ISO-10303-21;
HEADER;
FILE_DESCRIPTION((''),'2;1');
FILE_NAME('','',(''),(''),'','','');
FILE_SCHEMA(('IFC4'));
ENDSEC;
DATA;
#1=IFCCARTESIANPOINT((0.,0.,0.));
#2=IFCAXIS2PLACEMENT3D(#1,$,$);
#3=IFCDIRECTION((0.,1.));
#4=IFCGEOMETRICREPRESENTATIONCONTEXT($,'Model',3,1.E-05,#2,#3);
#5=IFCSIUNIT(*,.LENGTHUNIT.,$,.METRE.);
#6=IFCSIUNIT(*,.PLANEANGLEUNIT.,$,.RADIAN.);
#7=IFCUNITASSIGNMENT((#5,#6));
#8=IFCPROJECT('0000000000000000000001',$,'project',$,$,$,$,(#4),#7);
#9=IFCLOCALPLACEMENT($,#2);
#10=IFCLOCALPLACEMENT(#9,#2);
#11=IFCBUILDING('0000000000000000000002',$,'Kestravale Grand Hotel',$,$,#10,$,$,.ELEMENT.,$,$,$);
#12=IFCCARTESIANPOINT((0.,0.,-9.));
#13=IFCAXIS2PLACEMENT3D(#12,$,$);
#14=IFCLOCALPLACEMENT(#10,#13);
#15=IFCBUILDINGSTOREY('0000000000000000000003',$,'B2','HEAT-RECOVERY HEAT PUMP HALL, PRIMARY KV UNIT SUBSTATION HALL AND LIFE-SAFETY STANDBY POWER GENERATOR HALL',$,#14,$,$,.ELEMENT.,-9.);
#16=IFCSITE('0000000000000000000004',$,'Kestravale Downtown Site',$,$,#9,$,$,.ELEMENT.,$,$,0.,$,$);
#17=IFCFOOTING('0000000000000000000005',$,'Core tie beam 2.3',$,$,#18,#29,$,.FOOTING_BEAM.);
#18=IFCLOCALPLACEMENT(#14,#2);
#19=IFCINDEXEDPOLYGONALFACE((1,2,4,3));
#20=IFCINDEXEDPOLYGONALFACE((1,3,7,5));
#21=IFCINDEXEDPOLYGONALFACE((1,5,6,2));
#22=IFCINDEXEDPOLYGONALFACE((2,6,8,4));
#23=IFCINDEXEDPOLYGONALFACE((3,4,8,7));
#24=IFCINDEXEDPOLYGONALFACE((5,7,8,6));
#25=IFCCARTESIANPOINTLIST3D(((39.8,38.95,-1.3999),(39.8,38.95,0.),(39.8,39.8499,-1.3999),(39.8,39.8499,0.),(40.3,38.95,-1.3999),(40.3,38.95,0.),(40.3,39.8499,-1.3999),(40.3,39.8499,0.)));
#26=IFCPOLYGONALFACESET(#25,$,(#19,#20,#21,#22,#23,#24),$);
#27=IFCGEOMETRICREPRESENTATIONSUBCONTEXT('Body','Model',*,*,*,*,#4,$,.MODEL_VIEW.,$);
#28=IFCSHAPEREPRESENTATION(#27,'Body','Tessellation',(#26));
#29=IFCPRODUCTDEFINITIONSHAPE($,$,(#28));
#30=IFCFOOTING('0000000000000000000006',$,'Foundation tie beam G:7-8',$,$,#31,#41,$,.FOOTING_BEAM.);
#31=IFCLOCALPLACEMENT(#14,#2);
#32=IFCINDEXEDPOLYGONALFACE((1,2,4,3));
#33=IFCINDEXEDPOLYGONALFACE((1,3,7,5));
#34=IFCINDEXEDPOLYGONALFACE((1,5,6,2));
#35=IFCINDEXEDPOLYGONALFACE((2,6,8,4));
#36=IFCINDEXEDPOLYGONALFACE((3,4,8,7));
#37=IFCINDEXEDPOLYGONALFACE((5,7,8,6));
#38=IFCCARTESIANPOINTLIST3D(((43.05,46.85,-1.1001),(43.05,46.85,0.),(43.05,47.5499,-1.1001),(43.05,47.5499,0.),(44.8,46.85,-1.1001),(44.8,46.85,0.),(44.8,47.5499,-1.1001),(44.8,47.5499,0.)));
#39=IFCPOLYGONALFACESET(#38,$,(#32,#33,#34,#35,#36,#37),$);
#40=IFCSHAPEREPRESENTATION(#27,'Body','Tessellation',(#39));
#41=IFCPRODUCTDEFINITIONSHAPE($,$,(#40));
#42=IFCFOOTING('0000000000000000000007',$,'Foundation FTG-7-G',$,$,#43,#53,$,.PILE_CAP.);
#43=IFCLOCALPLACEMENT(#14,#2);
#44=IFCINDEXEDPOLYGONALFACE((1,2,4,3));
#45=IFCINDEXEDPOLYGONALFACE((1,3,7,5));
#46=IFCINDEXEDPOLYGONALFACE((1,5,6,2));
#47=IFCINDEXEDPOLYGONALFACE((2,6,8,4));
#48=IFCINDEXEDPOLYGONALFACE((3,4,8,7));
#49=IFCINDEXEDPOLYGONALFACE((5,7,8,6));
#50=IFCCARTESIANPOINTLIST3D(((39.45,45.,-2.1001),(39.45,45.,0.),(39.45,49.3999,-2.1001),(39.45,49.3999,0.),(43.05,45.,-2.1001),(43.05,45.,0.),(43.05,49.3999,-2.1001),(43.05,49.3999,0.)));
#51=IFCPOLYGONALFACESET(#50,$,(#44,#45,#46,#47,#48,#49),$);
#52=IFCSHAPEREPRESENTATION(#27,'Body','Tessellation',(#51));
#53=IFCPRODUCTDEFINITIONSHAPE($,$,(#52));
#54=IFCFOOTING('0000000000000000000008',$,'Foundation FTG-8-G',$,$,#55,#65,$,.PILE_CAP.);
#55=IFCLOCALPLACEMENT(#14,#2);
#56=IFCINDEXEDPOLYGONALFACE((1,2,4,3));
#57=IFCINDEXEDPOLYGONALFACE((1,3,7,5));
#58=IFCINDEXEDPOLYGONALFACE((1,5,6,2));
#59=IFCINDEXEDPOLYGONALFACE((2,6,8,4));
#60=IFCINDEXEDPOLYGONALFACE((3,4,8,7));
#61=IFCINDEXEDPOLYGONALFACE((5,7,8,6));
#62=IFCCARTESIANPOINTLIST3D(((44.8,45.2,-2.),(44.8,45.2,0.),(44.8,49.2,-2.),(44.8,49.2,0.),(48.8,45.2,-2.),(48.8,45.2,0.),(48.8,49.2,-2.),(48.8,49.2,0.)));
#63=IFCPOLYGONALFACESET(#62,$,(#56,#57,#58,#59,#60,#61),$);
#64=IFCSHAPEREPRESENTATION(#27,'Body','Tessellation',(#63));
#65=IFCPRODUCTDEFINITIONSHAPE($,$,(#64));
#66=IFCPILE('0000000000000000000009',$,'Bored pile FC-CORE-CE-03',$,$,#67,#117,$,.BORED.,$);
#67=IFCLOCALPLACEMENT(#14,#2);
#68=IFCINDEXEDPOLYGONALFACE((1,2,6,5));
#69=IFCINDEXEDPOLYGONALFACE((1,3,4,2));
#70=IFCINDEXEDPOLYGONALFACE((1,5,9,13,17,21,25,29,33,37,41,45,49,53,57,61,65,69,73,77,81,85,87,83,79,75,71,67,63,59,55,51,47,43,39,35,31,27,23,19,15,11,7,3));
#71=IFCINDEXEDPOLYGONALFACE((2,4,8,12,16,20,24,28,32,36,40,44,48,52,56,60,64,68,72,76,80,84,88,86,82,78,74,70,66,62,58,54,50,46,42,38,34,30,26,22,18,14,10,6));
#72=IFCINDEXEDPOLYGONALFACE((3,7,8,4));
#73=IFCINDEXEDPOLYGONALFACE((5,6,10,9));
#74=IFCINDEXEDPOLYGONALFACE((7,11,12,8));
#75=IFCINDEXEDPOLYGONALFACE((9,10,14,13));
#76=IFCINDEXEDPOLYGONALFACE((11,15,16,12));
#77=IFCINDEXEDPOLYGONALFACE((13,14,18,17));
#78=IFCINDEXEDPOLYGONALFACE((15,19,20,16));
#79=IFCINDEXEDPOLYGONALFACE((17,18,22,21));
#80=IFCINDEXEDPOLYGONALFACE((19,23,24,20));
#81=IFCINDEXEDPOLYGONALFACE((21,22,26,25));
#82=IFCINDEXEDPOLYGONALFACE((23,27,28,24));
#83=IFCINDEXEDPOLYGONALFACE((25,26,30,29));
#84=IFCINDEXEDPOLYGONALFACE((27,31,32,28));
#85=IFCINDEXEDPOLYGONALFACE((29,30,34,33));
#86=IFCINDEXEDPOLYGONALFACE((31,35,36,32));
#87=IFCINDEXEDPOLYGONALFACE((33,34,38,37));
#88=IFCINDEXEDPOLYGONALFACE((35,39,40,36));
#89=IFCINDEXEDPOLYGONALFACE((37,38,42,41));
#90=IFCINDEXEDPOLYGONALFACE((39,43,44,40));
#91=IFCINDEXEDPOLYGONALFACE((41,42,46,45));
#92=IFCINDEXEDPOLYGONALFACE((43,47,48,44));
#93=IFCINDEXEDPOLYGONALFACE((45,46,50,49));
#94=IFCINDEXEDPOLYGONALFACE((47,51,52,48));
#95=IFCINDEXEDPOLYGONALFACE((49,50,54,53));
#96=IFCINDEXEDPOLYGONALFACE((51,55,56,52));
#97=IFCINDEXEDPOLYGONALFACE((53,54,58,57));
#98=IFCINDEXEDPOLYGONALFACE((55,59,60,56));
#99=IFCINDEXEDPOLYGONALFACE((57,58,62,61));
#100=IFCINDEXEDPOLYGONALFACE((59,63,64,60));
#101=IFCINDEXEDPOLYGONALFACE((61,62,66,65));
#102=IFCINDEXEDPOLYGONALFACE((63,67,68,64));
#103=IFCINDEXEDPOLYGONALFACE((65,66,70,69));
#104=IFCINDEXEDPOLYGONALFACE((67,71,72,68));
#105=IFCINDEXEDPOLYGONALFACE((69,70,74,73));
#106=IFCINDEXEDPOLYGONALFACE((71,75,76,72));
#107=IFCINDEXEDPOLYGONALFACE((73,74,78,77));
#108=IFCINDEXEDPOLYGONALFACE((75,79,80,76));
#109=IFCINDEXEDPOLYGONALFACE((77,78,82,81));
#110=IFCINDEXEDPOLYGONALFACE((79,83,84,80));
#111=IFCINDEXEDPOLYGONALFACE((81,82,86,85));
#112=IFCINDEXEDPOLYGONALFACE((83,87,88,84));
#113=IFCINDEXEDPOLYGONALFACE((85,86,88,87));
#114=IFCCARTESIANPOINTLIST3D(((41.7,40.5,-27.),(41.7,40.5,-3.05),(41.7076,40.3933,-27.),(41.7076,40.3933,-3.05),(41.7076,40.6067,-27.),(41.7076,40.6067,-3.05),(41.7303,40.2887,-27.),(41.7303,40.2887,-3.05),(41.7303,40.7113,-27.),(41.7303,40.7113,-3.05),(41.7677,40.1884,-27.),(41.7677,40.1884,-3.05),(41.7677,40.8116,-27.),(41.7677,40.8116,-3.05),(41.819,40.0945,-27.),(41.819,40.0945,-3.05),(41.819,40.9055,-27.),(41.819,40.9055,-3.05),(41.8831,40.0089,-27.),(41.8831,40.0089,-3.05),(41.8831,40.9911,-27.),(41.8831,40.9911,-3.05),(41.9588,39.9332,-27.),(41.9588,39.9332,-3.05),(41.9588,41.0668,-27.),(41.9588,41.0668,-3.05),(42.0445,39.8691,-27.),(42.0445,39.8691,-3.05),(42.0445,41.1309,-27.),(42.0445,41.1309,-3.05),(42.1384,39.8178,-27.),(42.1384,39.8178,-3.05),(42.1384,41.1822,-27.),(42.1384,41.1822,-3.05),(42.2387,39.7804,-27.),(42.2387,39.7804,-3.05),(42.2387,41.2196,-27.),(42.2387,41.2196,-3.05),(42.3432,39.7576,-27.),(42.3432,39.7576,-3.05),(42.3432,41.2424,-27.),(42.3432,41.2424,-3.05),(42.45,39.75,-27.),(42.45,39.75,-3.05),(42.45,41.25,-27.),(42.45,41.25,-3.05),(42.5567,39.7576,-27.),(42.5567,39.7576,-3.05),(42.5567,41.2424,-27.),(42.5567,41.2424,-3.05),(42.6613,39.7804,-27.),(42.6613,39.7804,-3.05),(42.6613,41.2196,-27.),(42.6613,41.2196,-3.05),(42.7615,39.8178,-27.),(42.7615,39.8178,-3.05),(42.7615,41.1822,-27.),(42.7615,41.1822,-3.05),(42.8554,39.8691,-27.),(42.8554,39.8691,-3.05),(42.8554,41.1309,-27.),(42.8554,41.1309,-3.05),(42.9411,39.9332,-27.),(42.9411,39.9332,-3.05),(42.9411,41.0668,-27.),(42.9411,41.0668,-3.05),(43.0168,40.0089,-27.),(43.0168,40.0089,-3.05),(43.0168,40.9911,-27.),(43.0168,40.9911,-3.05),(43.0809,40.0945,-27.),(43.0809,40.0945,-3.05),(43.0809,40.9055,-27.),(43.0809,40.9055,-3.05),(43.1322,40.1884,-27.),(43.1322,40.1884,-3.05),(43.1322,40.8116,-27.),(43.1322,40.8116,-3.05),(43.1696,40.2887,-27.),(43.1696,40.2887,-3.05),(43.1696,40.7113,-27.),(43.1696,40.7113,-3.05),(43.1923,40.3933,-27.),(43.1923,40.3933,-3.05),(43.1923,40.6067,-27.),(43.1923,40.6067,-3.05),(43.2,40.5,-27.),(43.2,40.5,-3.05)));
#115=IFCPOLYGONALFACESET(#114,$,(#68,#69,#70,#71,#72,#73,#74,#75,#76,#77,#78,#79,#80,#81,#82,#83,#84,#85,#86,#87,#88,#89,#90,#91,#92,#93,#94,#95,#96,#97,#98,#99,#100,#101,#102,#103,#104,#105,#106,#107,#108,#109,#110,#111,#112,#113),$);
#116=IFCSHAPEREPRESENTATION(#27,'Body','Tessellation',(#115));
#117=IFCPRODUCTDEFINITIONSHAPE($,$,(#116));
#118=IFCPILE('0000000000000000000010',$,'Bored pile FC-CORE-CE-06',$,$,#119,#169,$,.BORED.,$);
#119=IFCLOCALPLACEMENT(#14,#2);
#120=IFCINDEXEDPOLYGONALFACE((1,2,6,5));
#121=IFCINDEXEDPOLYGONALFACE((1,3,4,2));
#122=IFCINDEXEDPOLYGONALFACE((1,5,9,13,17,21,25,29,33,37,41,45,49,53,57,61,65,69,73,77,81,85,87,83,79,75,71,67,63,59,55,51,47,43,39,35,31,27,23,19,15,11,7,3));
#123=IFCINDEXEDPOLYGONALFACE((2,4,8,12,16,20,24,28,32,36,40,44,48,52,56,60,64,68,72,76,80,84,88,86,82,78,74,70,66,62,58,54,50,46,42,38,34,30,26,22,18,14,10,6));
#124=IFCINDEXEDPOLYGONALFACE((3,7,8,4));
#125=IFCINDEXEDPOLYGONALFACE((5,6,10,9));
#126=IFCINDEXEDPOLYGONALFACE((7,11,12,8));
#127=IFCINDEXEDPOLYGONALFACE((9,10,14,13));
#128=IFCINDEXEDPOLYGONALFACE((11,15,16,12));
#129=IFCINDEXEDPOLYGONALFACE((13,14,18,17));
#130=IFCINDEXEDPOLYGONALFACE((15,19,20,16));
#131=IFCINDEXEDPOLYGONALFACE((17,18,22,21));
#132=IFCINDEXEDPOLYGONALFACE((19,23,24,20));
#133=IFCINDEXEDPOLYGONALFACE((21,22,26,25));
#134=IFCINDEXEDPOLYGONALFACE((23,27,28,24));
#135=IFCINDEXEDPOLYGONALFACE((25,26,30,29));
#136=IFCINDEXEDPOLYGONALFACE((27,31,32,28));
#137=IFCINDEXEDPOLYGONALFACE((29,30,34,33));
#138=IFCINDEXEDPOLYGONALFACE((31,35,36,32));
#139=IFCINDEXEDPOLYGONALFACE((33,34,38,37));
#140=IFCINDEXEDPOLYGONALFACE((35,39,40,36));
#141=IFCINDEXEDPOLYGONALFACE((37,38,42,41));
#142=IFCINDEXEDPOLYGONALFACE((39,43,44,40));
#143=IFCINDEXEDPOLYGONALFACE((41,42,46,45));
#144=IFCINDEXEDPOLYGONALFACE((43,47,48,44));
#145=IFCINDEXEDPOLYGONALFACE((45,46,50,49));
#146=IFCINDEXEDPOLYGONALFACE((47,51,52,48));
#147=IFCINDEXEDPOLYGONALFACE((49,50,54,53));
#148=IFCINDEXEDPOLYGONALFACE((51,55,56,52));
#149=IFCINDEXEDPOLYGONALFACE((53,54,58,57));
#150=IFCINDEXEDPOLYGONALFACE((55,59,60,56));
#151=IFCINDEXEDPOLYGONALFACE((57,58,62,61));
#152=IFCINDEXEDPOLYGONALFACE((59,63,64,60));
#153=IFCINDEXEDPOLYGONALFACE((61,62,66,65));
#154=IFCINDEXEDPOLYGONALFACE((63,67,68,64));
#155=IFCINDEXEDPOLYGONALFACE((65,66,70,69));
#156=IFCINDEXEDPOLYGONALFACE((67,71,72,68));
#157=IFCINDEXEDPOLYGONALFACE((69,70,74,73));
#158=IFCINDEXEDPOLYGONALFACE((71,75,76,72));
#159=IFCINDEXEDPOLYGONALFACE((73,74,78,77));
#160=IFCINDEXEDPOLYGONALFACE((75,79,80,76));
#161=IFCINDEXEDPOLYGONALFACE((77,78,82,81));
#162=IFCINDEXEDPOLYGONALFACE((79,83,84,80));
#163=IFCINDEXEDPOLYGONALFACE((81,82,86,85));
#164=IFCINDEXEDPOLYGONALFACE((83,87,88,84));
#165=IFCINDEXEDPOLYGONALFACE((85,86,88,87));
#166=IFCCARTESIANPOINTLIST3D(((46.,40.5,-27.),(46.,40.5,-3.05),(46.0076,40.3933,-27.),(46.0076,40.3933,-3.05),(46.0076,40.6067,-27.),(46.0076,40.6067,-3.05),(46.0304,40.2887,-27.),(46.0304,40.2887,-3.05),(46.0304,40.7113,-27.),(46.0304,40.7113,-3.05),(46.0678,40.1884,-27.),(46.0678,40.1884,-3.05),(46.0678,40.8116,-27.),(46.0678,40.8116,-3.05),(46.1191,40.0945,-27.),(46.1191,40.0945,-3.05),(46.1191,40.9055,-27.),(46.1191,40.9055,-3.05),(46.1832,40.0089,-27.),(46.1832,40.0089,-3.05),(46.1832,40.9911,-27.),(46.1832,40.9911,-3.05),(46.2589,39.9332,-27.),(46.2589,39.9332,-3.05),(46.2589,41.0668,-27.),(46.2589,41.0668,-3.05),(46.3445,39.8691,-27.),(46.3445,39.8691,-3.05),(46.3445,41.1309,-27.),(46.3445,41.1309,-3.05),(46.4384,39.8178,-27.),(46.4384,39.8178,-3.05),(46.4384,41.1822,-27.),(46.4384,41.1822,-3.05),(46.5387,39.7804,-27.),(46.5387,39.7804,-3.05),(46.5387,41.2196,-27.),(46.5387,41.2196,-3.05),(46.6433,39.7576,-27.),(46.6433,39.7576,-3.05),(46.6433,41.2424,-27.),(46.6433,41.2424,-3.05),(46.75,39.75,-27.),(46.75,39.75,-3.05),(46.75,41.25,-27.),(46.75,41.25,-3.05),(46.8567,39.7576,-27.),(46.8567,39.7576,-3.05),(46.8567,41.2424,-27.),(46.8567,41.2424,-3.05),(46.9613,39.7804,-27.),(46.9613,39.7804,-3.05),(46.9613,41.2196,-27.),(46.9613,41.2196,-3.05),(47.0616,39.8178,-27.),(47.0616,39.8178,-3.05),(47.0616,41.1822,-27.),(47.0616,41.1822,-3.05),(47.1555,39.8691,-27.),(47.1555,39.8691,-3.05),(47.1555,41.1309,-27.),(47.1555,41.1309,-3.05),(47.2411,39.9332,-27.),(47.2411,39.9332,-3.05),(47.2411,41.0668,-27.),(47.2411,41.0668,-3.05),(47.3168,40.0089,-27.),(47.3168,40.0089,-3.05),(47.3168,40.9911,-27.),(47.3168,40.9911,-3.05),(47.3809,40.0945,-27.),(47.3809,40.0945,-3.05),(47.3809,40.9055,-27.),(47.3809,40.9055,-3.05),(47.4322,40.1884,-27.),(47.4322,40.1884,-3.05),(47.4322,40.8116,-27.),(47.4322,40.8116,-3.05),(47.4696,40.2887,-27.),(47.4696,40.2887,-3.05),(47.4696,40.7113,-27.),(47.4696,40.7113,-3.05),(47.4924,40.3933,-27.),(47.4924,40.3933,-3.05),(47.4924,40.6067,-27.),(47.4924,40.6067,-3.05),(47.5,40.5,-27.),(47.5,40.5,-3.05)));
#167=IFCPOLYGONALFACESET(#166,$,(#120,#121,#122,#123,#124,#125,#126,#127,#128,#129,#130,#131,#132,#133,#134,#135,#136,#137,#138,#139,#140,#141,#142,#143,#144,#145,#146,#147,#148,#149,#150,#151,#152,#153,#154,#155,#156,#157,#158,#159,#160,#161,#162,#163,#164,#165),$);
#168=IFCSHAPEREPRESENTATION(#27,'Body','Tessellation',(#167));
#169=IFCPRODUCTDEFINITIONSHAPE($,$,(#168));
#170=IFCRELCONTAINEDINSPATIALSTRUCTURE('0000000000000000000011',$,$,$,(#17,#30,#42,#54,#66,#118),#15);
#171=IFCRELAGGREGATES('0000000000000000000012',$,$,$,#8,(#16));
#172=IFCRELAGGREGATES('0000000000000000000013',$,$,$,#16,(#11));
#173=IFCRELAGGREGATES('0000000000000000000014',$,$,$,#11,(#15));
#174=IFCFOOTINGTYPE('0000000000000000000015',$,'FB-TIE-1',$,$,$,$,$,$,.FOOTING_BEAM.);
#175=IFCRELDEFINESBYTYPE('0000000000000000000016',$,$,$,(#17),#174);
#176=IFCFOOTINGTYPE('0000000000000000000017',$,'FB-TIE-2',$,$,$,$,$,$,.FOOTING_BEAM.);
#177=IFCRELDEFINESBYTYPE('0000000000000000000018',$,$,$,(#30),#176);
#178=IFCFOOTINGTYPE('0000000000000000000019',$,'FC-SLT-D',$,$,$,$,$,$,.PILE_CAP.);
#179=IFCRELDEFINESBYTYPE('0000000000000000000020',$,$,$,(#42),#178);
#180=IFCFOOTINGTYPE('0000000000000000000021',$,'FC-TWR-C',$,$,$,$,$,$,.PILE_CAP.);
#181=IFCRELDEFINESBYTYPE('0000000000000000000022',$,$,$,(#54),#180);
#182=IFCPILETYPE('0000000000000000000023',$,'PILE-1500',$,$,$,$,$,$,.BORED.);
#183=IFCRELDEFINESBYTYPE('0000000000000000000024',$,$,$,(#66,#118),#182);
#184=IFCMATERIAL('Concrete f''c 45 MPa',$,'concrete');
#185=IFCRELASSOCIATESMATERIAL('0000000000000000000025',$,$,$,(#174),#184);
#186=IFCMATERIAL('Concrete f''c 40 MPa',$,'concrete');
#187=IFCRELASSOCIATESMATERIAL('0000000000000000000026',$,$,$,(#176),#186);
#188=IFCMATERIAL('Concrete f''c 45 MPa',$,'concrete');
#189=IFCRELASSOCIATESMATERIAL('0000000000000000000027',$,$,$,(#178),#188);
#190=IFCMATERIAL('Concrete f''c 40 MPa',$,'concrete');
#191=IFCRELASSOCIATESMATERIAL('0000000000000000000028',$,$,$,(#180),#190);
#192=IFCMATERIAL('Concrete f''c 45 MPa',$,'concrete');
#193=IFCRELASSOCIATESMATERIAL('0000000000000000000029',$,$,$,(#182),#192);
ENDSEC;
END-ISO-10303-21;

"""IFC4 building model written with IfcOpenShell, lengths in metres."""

from ifc_helpers import new_model, si_unit, direction, frame, origin, origin_2d, place, context, subcontext, project, spatial, rectangle, circle, extrude, material, material_profile, profile_set, type_object, element, save


model = new_model("IFC4")

# Units and contexts
model_context = context("Model", 3, precision=1e-05, world=origin(), true_north=direction((0.0, 1.0)))
body_context = subcontext(model_context, "Body", "Model", "MODEL_VIEW")
ifc_project = project(units=[si_unit("LENGTHUNIT", "METRE"), si_unit("PLANEANGLEUNIT", "RADIAN")], contexts=[model_context])

# Site, building, storey
site_placement = place(None, origin())
site = spatial("IfcSite", under=ifc_project, at=site_placement, Name="Kestravale Downtown Site", CompositionType="ELEMENT", RefElevation=0.0)
building_placement = place(site_placement, origin())
building = spatial("IfcBuilding", under=site, at=building_placement, Name="Kestravale Grand Hotel", CompositionType="ELEMENT")
storey_placement = place(building_placement, frame((0.0, 0.0, -9.0)))
storey = spatial("IfcBuildingStorey", under=building, at=storey_placement, Name="B2", Description="HEAT-RECOVERY HEAT PUMP HALL, PRIMARY KV UNIT SUBSTATION HALL AND LIFE-SAFETY STANDBY POWER GENERATOR HALL", CompositionType="ELEMENT", Elevation=-9.0)

# Footings
ifc_material_1 = material(Name="Concrete f'c 45 MPa", Category="concrete")
ifc_material_profile_1 = material_profile(ifc_material_1, rectangle(XDim=0.8999, YDim=1.3999, at=origin_2d()))
ifc_profile_set_1 = profile_set([ifc_material_profile_1], Name="Concrete f'c 45 MPa")
footing_type_1 = type_object("IfcFootingType", Name="FB-TIE-1", PredefinedType="FOOTING_BEAM", material=ifc_profile_set_1)
footing_1_placement = place(storey_placement, frame((39.8, 39.3999, -0.7), z_axis=(1.0, 0.0, 0.0), x_axis=(0.0, 1.0, 0.0)))
element("IfcFooting", 1, at=footing_1_placement, inside=storey, type_object=footing_type_1, Name="Core tie beam 2.3", PredefinedType="FOOTING_BEAM", context=body_context, shape_type="SweptSolid", body=[
    extrude(rectangle(XDim=0.8999, YDim=1.3999, at=origin_2d()), origin(), (0.0, 0.0, 1.0), 0.5),
])
ifc_material_2 = material(Name="Concrete f'c 40 MPa", Category="concrete")
ifc_material_profile_2 = material_profile(ifc_material_2, rectangle(XDim=0.7, YDim=1.1001, at=origin_2d()))
ifc_profile_set_2 = profile_set([ifc_material_profile_2], Name="Concrete f'c 40 MPa")
footing_type_2 = type_object("IfcFootingType", Name="FB-TIE-2", PredefinedType="FOOTING_BEAM", material=ifc_profile_set_2)
footing_2_placement = place(storey_placement, frame((43.05, 47.2, -0.55), z_axis=(1.0, 0.0, 0.0), x_axis=(0.0, 1.0, 0.0)))
element("IfcFooting", 2, at=footing_2_placement, inside=storey, type_object=footing_type_2, Name="Foundation tie beam G:7-8", PredefinedType="FOOTING_BEAM", context=body_context, shape_type="SweptSolid", body=[
    extrude(rectangle(XDim=0.7, YDim=1.1001, at=origin_2d()), origin(), (0.0, 0.0, 1.0), 1.75),
])
ifc_material_3 = material(Name="Concrete f'c 45 MPa", Category="concrete")
footing_type_3 = type_object("IfcFootingType", Name="FC-SLT-D", PredefinedType="PILE_CAP", material=ifc_material_3)
footing_3_placement = place(storey_placement, frame((41.25, 47.2, -2.1001), z_axis=(0.0, 0.0, 1.0), x_axis=(1.0, 0.0, 0.0)))
element("IfcFooting", 3, at=footing_3_placement, inside=storey, type_object=footing_type_3, Name="Foundation FTG-7-G", PredefinedType="PILE_CAP", context=body_context, shape_type="SweptSolid", body=[
    extrude(rectangle(XDim=3.6001, YDim=4.3999, at=origin_2d()), origin(), (0.0, 0.0, 1.0), 2.1001),
])
ifc_material_4 = material(Name="Concrete f'c 40 MPa", Category="concrete")
footing_type_4 = type_object("IfcFootingType", Name="FC-TWR-C", PredefinedType="PILE_CAP", material=ifc_material_4)
footing_4_placement = place(storey_placement, frame((46.8, 47.2, -2.0), z_axis=(0.0, 0.0, 1.0), x_axis=(1.0, 0.0, 0.0)))
element("IfcFooting", 4, at=footing_4_placement, inside=storey, type_object=footing_type_4, Name="Foundation FTG-8-G", PredefinedType="PILE_CAP", context=body_context, shape_type="SweptSolid", body=[
    extrude(rectangle(XDim=4.0, YDim=4.0, at=origin_2d()), origin(), (0.0, 0.0, 1.0), 2.0),
])

# Piles
ifc_material_5 = material(Name="Concrete f'c 45 MPa", Category="concrete")
ifc_material_profile_3 = material_profile(ifc_material_5, circle(Radius=0.75, at=origin_2d()))
ifc_profile_set_3 = profile_set([ifc_material_profile_3], Name="Concrete f'c 45 MPa")
pile_type_1 = type_object("IfcPileType", Name="PILE-1500", PredefinedType="BORED", material=ifc_profile_set_3)
for number, where, z_axis, x_axis, name in (
    (5, (42.45, 40.5, -3.05), (0.0, 0.0, -1.0), (1.0, 0.0, 0.0), "Bored pile FC-CORE-CE-03"),
    (6, (46.75, 40.5, -3.05), (0.0, 0.0, -1.0), (1.0, 0.0, 0.0), "Bored pile FC-CORE-CE-06"),
):
    element("IfcPile", number, at=place(storey_placement, frame(where, z_axis=z_axis, x_axis=x_axis)), inside=storey, type_object=pile_type_1, Name=name, PredefinedType="BORED", context=body_context, shape_type="SweptSolid", body=[
        extrude(circle(Radius=0.75, at=origin_2d()), origin(), (0.0, 0.0, 1.0), 23.95),
    ])

save(model, "model.ifc")
